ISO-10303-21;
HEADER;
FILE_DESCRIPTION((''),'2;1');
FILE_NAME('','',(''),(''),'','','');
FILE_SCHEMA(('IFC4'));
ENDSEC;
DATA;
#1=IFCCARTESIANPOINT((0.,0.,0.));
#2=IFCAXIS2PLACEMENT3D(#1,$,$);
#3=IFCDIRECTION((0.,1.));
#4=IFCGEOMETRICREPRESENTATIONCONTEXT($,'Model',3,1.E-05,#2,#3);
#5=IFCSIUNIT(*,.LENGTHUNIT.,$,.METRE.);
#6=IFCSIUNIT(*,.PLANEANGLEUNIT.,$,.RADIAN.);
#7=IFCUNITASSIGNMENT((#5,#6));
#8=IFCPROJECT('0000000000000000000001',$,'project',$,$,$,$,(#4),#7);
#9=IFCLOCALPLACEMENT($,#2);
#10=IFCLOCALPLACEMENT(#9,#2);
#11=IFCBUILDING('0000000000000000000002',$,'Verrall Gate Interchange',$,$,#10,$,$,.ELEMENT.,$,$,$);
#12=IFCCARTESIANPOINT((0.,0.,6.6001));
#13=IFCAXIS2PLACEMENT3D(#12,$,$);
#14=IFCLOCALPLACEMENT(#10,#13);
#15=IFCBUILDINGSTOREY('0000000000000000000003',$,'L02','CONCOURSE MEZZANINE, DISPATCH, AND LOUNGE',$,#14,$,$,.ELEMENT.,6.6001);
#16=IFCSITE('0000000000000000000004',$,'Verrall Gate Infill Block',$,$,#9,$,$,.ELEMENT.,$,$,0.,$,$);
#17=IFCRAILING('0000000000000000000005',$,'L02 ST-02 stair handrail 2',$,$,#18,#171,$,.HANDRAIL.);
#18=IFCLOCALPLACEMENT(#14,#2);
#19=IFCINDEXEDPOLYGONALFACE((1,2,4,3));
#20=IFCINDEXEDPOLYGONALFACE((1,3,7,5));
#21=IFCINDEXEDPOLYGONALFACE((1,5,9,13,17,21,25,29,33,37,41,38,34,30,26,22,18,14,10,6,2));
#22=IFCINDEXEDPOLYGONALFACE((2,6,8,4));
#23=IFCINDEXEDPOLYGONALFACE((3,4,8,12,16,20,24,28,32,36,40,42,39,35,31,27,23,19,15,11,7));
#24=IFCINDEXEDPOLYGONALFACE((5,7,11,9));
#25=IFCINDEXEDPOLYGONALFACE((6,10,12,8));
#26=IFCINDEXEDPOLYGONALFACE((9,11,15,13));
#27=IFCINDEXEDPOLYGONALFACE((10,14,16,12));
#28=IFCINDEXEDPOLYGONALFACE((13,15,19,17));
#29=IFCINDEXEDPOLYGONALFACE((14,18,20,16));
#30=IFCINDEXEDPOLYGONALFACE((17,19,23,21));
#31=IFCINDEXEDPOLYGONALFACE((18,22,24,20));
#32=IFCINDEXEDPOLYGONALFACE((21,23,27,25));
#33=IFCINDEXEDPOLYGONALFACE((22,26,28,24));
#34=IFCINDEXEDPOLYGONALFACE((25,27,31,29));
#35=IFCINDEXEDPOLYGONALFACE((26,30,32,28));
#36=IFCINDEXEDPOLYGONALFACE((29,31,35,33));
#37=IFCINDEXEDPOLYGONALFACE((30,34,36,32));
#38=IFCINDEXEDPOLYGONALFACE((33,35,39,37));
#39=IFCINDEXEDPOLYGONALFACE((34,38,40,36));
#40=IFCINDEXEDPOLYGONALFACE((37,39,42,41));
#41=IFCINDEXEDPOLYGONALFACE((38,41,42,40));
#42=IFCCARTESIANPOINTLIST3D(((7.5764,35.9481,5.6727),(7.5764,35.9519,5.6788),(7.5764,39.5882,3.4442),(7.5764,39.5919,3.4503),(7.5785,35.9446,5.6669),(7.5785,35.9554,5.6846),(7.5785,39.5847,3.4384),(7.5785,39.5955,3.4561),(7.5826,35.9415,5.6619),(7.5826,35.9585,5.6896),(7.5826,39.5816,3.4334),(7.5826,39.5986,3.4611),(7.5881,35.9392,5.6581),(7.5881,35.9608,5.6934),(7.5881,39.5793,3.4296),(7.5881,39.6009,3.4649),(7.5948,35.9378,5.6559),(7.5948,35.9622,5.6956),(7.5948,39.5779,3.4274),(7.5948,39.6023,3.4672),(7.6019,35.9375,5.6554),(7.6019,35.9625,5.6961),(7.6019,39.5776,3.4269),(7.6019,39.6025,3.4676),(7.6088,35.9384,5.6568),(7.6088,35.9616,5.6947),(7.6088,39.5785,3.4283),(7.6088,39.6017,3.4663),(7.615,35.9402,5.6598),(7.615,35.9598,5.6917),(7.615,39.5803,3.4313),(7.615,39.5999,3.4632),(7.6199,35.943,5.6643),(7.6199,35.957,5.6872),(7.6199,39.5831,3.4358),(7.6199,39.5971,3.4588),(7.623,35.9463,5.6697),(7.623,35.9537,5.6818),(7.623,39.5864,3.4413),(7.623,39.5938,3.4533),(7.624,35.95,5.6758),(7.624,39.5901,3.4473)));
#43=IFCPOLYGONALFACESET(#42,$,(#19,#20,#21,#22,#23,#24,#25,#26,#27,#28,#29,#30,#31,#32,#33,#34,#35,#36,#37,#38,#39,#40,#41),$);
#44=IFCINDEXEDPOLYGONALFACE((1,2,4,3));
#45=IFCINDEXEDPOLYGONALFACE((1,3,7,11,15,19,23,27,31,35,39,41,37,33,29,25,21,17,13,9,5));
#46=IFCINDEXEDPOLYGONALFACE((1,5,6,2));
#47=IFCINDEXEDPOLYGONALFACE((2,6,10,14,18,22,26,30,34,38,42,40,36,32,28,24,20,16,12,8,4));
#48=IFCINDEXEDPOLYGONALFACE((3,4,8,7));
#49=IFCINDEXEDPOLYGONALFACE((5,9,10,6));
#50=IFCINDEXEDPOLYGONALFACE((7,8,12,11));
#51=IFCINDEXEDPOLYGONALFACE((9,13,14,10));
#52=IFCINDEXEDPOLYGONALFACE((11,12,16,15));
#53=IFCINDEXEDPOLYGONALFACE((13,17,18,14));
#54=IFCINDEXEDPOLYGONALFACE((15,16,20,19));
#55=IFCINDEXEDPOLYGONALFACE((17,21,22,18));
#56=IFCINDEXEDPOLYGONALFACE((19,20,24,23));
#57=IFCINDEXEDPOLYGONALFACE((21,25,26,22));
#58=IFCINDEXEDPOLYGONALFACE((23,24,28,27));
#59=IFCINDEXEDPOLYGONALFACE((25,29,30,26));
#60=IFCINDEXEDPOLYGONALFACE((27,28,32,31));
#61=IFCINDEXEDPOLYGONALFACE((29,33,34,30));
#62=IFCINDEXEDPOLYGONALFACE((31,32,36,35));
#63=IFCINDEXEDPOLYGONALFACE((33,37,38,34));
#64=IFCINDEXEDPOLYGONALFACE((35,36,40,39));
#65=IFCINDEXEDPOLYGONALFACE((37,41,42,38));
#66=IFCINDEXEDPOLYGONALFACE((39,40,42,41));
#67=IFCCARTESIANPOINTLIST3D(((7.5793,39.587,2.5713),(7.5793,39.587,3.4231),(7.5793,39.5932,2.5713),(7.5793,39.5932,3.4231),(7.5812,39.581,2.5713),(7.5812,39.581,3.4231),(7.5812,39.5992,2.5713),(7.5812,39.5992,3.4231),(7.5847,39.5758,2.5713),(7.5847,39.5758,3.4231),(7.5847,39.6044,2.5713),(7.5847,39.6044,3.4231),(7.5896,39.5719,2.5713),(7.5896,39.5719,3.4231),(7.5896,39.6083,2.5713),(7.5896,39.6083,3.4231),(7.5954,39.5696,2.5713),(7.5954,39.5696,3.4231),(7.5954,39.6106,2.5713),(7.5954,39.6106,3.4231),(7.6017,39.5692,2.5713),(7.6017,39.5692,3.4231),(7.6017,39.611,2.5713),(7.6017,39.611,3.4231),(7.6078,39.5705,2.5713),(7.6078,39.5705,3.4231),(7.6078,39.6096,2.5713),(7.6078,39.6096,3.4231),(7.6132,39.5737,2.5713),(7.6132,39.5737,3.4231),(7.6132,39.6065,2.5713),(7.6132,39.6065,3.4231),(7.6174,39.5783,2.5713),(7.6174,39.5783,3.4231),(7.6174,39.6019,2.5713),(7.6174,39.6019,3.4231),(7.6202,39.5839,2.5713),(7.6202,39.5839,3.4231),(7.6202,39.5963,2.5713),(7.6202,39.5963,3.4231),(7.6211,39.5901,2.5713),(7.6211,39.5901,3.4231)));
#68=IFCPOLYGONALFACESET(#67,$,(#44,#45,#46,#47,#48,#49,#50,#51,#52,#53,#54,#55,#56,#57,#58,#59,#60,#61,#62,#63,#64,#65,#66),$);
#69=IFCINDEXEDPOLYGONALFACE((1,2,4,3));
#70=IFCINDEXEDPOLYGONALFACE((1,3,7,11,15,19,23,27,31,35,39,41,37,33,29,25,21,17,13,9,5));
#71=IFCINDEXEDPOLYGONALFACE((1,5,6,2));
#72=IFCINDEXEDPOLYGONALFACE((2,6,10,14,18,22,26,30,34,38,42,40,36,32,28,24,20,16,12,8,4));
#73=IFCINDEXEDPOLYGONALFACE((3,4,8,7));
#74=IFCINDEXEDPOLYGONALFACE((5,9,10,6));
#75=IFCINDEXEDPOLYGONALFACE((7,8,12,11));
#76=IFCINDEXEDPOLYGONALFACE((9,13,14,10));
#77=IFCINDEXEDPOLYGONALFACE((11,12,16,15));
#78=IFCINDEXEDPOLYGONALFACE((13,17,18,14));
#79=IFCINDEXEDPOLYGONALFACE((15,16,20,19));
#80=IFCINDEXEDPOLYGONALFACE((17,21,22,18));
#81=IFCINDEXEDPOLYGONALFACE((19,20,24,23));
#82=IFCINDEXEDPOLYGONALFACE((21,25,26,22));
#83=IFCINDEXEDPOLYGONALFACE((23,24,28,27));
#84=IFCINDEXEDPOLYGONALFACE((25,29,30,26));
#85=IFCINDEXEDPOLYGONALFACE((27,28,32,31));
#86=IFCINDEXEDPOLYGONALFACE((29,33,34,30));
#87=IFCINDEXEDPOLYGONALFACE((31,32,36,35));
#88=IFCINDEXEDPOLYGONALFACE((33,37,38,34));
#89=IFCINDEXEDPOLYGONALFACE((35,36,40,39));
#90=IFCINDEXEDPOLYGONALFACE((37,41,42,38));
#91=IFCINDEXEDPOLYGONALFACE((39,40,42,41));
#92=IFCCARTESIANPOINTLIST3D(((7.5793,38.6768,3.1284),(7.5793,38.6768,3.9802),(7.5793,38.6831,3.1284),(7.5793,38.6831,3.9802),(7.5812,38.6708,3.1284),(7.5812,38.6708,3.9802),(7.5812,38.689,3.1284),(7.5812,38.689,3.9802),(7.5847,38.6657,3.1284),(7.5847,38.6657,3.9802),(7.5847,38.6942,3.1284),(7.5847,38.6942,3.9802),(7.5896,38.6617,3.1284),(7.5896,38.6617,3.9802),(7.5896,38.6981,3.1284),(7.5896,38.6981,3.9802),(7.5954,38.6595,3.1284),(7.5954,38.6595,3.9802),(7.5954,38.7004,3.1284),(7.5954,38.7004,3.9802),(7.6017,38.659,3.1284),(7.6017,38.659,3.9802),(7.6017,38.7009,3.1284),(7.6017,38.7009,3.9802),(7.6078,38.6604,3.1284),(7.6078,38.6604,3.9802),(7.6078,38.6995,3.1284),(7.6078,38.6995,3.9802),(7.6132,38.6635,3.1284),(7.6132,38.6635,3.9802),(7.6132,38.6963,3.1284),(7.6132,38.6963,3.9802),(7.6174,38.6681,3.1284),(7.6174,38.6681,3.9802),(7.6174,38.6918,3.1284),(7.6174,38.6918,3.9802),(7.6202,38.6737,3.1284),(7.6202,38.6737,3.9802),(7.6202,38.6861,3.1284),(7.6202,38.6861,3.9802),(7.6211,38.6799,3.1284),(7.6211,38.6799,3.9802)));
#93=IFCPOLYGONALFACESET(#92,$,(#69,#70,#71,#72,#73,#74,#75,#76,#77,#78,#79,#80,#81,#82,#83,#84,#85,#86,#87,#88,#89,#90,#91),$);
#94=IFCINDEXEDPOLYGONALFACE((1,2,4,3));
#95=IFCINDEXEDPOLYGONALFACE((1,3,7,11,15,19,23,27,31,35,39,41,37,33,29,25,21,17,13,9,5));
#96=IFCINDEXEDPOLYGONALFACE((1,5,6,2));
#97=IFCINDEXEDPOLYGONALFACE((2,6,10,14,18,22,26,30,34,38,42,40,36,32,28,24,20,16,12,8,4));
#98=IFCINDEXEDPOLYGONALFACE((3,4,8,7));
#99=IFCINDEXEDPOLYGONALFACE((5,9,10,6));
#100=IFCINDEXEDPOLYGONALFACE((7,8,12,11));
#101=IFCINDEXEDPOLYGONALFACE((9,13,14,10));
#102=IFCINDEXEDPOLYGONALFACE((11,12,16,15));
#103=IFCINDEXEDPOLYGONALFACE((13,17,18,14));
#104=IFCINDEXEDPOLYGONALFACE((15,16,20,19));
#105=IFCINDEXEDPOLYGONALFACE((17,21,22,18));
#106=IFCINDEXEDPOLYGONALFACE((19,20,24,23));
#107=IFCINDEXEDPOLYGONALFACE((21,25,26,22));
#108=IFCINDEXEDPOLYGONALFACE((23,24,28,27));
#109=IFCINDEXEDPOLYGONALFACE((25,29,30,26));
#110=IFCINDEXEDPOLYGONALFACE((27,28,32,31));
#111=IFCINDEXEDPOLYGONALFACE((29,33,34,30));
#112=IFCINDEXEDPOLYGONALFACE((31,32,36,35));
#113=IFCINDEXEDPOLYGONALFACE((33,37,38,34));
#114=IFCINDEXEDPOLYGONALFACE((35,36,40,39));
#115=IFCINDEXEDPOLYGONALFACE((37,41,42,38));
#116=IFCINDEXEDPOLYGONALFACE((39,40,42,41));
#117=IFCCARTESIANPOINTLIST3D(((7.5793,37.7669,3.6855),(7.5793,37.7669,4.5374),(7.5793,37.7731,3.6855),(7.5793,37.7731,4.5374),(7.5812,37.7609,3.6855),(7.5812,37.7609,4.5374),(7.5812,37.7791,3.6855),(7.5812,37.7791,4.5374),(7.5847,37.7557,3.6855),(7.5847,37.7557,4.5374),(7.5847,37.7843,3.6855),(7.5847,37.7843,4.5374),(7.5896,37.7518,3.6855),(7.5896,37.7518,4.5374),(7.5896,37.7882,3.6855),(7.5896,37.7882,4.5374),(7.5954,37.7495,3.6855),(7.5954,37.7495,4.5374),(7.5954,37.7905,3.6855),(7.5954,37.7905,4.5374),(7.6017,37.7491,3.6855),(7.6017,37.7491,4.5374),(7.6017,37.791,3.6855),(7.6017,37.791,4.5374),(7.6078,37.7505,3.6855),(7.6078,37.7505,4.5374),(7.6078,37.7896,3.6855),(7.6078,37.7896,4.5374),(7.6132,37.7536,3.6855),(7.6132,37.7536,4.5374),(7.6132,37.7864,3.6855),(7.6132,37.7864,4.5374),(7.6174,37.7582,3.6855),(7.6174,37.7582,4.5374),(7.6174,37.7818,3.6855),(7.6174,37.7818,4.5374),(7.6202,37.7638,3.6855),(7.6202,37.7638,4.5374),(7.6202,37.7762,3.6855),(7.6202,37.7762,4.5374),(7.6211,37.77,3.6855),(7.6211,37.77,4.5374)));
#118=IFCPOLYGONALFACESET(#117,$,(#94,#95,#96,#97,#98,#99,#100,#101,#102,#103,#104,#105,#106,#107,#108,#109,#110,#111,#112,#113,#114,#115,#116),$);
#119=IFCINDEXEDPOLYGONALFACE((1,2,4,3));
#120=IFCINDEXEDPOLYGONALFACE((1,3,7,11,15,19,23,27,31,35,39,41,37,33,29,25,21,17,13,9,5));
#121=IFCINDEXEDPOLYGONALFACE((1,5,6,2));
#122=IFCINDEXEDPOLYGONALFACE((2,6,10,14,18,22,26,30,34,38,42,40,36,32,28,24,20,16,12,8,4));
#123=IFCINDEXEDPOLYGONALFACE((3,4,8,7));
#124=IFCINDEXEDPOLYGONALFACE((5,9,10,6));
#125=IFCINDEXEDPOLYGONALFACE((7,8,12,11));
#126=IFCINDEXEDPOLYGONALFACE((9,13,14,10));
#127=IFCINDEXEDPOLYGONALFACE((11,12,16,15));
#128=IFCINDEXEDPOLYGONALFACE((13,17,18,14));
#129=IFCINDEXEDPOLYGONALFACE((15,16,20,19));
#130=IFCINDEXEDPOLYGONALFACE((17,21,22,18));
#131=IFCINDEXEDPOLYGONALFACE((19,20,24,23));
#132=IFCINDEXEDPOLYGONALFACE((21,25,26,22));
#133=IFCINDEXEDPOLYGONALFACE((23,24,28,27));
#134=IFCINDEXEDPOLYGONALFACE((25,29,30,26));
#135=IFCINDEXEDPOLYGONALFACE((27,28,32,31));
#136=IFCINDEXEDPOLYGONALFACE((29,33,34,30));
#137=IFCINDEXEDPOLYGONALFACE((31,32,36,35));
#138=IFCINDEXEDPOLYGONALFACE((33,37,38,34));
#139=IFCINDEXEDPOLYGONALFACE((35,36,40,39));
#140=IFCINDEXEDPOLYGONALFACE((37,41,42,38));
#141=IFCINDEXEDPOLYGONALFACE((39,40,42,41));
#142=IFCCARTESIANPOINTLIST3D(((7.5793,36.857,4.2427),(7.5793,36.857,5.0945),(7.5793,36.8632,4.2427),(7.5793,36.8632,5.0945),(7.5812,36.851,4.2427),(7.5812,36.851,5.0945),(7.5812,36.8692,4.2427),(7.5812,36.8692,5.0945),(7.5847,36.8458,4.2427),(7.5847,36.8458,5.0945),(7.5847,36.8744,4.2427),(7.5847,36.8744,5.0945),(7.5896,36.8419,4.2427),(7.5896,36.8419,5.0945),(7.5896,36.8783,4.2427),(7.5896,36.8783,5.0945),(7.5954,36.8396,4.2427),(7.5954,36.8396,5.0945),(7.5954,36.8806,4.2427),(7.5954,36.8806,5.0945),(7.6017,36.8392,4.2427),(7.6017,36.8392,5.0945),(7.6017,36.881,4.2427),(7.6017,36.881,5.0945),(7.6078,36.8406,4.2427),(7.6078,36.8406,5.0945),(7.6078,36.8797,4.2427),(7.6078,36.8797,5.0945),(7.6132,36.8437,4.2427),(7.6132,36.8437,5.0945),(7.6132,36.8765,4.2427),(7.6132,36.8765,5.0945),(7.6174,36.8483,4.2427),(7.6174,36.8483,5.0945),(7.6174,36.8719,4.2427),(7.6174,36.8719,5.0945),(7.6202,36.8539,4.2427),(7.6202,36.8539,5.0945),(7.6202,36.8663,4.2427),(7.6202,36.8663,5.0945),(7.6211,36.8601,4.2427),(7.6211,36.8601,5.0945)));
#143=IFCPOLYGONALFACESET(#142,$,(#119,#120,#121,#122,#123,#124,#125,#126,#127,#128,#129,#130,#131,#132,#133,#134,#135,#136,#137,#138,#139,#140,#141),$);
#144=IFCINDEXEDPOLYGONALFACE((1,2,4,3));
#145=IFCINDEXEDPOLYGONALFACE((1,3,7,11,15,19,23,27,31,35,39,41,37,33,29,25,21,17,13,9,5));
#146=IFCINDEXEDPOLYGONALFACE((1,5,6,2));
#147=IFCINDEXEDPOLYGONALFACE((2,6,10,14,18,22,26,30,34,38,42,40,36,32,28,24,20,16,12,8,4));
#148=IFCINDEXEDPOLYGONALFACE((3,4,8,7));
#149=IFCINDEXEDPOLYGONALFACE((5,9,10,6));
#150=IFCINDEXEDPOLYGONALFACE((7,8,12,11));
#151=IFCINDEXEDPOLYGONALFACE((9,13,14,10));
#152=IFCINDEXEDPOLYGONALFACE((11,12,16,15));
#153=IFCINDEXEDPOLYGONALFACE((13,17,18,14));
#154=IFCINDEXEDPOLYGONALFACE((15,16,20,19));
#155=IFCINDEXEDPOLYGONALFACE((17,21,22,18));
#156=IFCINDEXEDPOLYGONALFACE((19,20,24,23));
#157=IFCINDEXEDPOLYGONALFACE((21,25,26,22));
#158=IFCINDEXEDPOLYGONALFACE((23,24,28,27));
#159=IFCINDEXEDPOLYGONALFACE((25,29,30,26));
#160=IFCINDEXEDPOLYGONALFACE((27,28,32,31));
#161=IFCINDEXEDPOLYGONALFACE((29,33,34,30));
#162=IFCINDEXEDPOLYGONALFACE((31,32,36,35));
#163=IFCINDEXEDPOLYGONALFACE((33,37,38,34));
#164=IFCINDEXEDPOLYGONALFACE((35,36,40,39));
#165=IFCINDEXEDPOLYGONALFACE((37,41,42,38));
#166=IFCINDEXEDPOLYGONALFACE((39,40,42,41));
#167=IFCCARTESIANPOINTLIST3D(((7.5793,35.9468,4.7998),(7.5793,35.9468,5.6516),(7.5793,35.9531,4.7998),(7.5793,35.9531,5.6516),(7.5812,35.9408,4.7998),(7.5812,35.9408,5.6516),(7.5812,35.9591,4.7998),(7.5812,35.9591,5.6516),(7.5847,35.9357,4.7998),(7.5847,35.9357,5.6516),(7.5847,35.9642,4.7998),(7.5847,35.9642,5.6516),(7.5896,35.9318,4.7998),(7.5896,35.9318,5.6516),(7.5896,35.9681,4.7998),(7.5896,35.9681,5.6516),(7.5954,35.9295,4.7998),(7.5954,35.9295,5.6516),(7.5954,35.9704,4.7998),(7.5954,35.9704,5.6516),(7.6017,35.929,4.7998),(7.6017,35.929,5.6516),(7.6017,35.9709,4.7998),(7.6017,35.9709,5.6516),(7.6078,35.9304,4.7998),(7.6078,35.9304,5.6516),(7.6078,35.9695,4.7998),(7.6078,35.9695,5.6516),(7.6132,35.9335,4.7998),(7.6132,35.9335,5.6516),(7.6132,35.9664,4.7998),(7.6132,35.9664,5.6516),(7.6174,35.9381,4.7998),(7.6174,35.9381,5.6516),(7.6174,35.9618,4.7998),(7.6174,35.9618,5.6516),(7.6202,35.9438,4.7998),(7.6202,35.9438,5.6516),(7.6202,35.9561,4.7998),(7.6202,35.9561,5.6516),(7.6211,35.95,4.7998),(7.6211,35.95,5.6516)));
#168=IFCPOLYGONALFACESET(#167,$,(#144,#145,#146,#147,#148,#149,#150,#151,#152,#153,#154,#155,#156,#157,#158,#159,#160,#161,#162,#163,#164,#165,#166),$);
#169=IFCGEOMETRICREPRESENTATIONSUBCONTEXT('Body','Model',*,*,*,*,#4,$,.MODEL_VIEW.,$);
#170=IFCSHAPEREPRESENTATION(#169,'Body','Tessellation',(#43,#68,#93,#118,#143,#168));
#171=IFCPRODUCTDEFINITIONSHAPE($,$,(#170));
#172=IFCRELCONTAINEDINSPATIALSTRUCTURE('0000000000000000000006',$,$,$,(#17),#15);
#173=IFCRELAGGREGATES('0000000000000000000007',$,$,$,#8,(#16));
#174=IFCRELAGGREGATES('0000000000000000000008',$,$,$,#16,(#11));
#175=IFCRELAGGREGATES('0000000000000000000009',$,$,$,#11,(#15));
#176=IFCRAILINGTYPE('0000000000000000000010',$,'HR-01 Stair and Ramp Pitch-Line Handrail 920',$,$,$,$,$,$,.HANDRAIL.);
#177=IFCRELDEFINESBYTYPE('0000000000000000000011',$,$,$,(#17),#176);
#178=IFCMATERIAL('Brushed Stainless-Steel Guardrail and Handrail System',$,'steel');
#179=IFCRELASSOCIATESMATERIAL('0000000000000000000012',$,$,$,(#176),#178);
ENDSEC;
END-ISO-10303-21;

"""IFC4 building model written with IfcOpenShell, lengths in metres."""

from ifc_helpers import new_model, si_unit, direction, frame, origin, origin_2d, place, context, subcontext, project, spatial, circle, extrude, material, type_object, element, save


model = new_model("IFC4")

# Units and contexts
model_context = context("Model", 3, precision=1e-05, world=origin(), true_north=direction((0.0, 1.0)))
body_context = subcontext(model_context, "Body", "Model", "MODEL_VIEW")
ifc_project = project(units=[si_unit("LENGTHUNIT", "METRE"), si_unit("PLANEANGLEUNIT", "RADIAN")], contexts=[model_context])

# Site, building, storey
site_placement = place(None, origin())
site = spatial("IfcSite", under=ifc_project, at=site_placement, Name="Verrall Gate Infill Block", CompositionType="ELEMENT", RefElevation=0.0)
building_placement = place(site_placement, origin())
building = spatial("IfcBuilding", under=site, at=building_placement, Name="Verrall Gate Interchange", CompositionType="ELEMENT")
storey_placement = place(building_placement, frame((0.0, 0.0, 6.6001)))
storey = spatial("IfcBuildingStorey", under=building, at=storey_placement, Name="L02", Description="CONCOURSE MEZZANINE, DISPATCH, AND LOUNGE", CompositionType="ELEMENT", Elevation=6.6001)

# Railing
ifc_material_1 = material(Name="Brushed Stainless-Steel Guardrail and Handrail System", Category="steel")
railing_type_1 = type_object("IfcRailingType", Name="HR-01 Stair and Ramp Pitch-Line Handrail 920", PredefinedType="HANDRAIL", material=ifc_material_1)
railing_1_placement = place(storey_placement, frame((7.6001, 39.5901, 2.5713)))
element("IfcRailing", 1, at=railing_1_placement, inside=storey, type_object=railing_type_1, Name="L02 ST-02 stair handrail 2", PredefinedType="HANDRAIL", context=body_context, shape_type="SweptSolid", body=[
    extrude(circle(Radius=0.0239, at=origin_2d()), frame((0.0, 0.0, 0.876), z_axis=(0.0, -0.852866, 0.52213), x_axis=(1.0, 0.0, 0.0)), (0.0, 0.0, 1.0), 4.2681),
    extrude(circle(Radius=0.021, at=origin_2d()), origin(), (0.0, 0.0, 1.0), 0.8518),
    extrude(circle(Radius=0.021, at=origin_2d()), frame((0.0, -0.9102, 0.5571)), (0.0, 0.0, 1.0), 0.8518),
    extrude(circle(Radius=0.021, at=origin_2d()), frame((0.0, -1.8201, 1.1143)), (0.0, 0.0, 1.0), 0.8518),
    extrude(circle(Radius=0.021, at=origin_2d()), frame((0.0, -2.73, 1.6714)), (0.0, 0.0, 1.0), 0.8518),
    extrude(circle(Radius=0.021, at=origin_2d()), frame((0.0, -3.6401, 2.2285)), (0.0, 0.0, 1.0), 0.8518),
])

save(model, "model.ifc")
